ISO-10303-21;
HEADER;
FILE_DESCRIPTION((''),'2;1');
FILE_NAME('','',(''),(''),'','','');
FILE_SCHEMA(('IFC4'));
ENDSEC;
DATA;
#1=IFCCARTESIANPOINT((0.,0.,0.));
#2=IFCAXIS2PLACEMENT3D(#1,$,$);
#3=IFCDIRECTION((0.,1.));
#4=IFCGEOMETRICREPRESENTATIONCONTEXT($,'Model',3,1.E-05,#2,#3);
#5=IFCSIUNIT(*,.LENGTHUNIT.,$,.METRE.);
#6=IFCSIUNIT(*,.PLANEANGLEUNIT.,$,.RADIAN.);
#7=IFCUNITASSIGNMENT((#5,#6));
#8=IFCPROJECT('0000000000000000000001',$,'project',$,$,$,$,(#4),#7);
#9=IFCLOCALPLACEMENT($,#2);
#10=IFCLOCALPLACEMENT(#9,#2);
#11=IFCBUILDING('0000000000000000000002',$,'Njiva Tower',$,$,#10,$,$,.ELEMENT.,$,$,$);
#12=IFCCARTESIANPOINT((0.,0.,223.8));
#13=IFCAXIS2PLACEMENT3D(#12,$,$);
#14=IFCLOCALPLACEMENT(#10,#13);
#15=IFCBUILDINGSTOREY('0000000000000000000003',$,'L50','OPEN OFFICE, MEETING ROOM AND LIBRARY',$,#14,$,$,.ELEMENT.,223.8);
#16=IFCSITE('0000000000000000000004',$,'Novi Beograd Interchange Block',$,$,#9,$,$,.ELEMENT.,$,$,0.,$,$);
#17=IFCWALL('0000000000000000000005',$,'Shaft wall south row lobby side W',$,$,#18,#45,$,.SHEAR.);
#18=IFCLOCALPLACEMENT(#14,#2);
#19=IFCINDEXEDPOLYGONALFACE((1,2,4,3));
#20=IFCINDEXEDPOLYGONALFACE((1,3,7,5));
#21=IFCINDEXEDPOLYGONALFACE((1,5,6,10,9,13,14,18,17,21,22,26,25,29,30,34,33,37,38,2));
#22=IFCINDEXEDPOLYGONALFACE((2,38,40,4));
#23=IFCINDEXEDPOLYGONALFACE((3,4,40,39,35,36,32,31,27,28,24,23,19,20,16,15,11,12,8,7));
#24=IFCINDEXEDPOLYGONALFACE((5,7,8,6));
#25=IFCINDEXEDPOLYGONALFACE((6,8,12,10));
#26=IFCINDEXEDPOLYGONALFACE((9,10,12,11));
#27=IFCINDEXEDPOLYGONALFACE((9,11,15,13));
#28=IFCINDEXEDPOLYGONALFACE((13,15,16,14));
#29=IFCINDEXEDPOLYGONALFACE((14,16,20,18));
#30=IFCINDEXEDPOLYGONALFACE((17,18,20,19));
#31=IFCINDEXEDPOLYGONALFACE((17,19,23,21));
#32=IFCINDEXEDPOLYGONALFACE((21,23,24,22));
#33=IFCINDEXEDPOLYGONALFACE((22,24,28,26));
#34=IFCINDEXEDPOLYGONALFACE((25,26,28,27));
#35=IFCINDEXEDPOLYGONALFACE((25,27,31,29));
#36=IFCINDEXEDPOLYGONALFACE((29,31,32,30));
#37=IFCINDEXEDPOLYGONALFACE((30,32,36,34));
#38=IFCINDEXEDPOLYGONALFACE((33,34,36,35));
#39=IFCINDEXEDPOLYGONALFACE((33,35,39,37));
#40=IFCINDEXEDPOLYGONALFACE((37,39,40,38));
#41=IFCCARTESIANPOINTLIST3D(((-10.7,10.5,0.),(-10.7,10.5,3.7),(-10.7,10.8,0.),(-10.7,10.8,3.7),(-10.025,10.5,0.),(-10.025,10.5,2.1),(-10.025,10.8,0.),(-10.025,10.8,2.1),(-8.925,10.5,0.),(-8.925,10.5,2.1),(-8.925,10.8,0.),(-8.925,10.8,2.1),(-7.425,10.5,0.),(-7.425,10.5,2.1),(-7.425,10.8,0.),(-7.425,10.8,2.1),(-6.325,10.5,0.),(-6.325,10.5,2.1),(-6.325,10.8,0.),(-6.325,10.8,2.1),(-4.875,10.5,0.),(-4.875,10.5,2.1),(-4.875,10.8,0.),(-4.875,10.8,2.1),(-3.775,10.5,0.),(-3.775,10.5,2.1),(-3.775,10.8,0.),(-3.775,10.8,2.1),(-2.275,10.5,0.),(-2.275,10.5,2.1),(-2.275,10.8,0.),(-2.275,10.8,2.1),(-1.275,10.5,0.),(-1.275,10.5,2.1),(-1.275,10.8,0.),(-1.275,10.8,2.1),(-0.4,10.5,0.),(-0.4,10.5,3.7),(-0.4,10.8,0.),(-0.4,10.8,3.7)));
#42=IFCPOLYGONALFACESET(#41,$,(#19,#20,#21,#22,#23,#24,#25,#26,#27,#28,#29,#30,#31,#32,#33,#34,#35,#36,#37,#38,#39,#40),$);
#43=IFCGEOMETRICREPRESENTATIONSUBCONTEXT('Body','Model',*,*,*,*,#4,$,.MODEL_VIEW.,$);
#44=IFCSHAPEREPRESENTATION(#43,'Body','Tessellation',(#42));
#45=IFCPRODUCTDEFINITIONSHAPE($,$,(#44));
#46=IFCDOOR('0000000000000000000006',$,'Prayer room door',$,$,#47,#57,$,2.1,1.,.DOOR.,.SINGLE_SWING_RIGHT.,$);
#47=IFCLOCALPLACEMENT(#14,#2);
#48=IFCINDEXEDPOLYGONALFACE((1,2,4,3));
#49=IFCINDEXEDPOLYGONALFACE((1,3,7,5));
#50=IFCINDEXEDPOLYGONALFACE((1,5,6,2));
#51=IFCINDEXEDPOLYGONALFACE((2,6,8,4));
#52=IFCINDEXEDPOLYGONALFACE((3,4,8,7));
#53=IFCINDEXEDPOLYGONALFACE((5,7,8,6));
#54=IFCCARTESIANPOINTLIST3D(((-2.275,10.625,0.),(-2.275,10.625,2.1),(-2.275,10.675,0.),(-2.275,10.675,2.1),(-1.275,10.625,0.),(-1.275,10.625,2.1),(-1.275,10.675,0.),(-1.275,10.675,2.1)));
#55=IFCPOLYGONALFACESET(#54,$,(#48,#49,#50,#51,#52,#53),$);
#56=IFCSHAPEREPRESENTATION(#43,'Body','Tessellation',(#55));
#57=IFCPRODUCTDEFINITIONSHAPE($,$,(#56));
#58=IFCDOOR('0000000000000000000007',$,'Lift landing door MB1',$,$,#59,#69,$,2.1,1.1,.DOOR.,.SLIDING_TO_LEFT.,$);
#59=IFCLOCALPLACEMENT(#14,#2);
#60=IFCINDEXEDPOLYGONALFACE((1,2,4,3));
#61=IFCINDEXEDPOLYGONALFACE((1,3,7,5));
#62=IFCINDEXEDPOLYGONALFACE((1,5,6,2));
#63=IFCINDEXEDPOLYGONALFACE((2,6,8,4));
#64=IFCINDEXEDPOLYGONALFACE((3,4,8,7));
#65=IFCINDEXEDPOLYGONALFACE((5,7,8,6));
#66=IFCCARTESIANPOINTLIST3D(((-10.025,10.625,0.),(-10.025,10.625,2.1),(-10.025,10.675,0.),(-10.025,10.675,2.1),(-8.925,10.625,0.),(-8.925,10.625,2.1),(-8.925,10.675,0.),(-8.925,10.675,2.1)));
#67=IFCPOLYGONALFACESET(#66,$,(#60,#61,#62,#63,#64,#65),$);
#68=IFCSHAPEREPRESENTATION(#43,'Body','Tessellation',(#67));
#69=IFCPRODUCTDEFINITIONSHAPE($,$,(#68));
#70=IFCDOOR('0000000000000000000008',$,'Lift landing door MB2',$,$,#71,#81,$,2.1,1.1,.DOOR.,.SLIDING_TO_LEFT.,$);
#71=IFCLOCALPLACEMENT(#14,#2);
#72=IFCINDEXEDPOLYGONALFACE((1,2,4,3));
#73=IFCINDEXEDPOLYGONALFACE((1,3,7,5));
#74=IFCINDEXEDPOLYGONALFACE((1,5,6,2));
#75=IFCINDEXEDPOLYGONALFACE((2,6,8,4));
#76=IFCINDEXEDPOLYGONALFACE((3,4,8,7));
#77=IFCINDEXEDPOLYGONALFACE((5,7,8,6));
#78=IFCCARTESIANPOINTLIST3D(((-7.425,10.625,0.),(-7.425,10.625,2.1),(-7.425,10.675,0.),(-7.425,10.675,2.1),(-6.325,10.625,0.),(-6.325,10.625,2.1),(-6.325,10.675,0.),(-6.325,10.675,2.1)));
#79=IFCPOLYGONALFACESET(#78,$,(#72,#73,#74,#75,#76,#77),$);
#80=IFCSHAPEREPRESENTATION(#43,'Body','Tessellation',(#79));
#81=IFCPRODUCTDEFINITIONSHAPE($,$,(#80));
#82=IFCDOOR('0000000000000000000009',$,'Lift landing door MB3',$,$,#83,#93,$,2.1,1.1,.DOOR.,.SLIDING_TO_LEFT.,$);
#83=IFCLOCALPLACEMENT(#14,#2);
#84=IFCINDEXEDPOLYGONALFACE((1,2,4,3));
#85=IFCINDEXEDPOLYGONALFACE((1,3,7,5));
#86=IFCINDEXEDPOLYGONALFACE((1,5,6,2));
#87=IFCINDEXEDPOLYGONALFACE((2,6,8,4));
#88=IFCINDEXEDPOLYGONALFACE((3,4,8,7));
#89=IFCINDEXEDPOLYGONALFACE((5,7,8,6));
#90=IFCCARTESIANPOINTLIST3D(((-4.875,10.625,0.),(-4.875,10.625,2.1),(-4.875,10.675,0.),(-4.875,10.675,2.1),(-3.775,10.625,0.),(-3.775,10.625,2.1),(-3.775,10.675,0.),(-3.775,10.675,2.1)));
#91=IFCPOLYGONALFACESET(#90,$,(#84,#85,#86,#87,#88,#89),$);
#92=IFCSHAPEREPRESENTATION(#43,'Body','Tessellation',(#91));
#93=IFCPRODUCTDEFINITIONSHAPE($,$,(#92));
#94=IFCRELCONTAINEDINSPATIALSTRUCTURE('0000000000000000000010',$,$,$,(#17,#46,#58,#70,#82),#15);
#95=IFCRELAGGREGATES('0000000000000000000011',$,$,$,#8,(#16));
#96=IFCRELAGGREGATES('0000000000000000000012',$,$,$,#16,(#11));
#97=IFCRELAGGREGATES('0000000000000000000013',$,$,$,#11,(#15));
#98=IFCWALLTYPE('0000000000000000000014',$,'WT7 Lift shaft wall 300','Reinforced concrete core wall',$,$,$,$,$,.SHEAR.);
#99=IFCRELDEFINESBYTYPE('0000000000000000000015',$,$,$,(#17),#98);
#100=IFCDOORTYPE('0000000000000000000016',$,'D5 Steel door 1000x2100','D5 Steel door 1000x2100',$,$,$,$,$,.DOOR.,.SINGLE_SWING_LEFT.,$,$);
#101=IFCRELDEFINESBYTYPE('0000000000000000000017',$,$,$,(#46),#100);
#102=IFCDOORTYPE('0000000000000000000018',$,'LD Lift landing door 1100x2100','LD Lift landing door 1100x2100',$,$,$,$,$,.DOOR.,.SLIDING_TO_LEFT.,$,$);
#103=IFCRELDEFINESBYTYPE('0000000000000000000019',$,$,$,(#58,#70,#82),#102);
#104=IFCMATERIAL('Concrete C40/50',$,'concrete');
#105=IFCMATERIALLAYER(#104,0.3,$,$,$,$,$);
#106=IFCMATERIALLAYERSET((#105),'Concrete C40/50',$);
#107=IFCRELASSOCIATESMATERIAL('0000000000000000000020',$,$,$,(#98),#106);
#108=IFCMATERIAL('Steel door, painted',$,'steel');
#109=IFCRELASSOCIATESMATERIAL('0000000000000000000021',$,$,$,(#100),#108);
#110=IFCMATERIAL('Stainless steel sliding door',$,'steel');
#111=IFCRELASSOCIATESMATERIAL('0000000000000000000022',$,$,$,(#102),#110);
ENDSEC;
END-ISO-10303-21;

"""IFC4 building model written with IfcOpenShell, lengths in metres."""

from ifc_helpers import new_model, si_unit, direction, frame, frame_2d, origin, place, context, subcontext, project, spatial, rectangle, extrude, material, layer, layer_set, type_object, element, fill, save


model = new_model("IFC4")

# Units and contexts
model_context = context("Model", 3, precision=1e-05, world=origin(), true_north=direction((0.0, 1.0)))
body_context = subcontext(model_context, "Body", "Model", "MODEL_VIEW")
ifc_project = project(units=[si_unit("LENGTHUNIT", "METRE"), si_unit("PLANEANGLEUNIT", "RADIAN")], contexts=[model_context])

# Site, building, storey
site_placement = place(None, origin())
site = spatial("IfcSite", under=ifc_project, at=site_placement, Name="Novi Beograd Interchange Block", CompositionType="ELEMENT", RefElevation=0.0)
building_placement = place(site_placement, origin())
building = spatial("IfcBuilding", under=site, at=building_placement, Name="Njiva Tower", CompositionType="ELEMENT")
storey_placement = place(building_placement, frame((0.0, 0.0, 223.8)))
storey = spatial("IfcBuildingStorey", under=building, at=storey_placement, Name="L50", Description="OPEN OFFICE, MEETING ROOM AND LIBRARY", CompositionType="ELEMENT", Elevation=223.8)

# Shared definitions
ifc_material_1 = material(Name="Concrete C40/50", Category="concrete")

# Wall, openings, doors
ifc_layer_1 = layer(ifc_material_1, 0.3)
ifc_layer_set_1 = layer_set([ifc_layer_1], Name="Concrete C40/50")
wall_type_1 = type_object("IfcWallType", Name="WT7 Lift shaft wall 300", Description="Reinforced concrete core wall", PredefinedType="SHEAR", material=ifc_layer_set_1)
ifc_material_2 = material(Name="Steel door, painted", Category="steel")
door_type_1 = type_object("IfcDoorType", Name="D5 Steel door 1000x2100", Description="D5 Steel door 1000x2100", OperationType="SINGLE_SWING_LEFT", PredefinedType="DOOR", material=ifc_material_2)
ifc_material_3 = material(Name="Stainless steel sliding door", Category="steel")
door_type_2 = type_object("IfcDoorType", Name="LD Lift landing door 1100x2100", Description="LD Lift landing door 1100x2100", OperationType="SLIDING_TO_LEFT", PredefinedType="DOOR", material=ifc_material_3)
wall_1_placement = place(storey_placement, frame((-10.7, 10.65, 0.0), z_axis=(0.0, 0.0, 1.0), x_axis=(1.0, 0.0, 0.0)))
wall_1 = element("IfcWall", 1, at=wall_1_placement, inside=storey, type_object=wall_type_1, Name="Shaft wall south row lobby side W", PredefinedType="SHEAR", context=body_context, shape_type="SweptSolid", body=[
    extrude(rectangle(XDim=10.3, YDim=0.3, at=frame_2d((5.15, 0.0))), origin(), (0.0, 0.0, 1.0), 3.7),
])
opening_1_placement = place(wall_1_placement, frame((0.675, 0.0, 0.0)))
opening_1 = element("IfcOpeningElement", 2, at=opening_1_placement, cuts=wall_1, PredefinedType="OPENING", context=body_context, shape_type="SweptSolid", body=[
    extrude(rectangle(XDim=1.1, YDim=2.1, at=frame_2d((0.55, 1.05))), frame((0.0, 0.16, 0.0), z_axis=(0.0, -1.0, 0.0), x_axis=(1.0, 0.0, 0.0)), (0.0, 0.0, 1.0), 0.32),
])
opening_2_placement = place(wall_1_placement, frame((3.275, 0.0, 0.0)))
opening_2 = element("IfcOpeningElement", 3, at=opening_2_placement, cuts=wall_1, PredefinedType="OPENING", context=body_context, shape_type="SweptSolid", body=[
    extrude(rectangle(XDim=1.1, YDim=2.1, at=frame_2d((0.55, 1.05))), frame((0.0, 0.16, 0.0), z_axis=(0.0, -1.0, 0.0), x_axis=(1.0, 0.0, 0.0)), (0.0, 0.0, 1.0), 0.32),
])
opening_3_placement = place(wall_1_placement, frame((5.825, 0.0, 0.0)))
opening_3 = element("IfcOpeningElement", 4, at=opening_3_placement, cuts=wall_1, PredefinedType="OPENING", context=body_context, shape_type="SweptSolid", body=[
    extrude(rectangle(XDim=1.1, YDim=2.1, at=frame_2d((0.55, 1.05))), frame((0.0, 0.16, 0.0), z_axis=(0.0, -1.0, 0.0), x_axis=(1.0, 0.0, 0.0)), (0.0, 0.0, 1.0), 0.32),
])
opening_4_placement = place(wall_1_placement, frame((8.425, 0.0, 0.0)))
opening_4 = element("IfcOpeningElement", 5, at=opening_4_placement, cuts=wall_1, PredefinedType="OPENING", context=body_context, shape_type="SweptSolid", body=[
    extrude(rectangle(XDim=1.0, YDim=2.1, at=frame_2d((0.5, 1.05))), frame((0.0, 0.16, 0.0), z_axis=(0.0, -1.0, 0.0), x_axis=(1.0, 0.0, 0.0)), (0.0, 0.0, 1.0), 0.32),
])
door_1_placement = place(opening_4_placement, origin())
door_1 = element("IfcDoor", 6, at=door_1_placement, inside=storey, type_object=door_type_1, Name="Prayer room door", OperationType="SINGLE_SWING_RIGHT", OverallHeight=2.1, OverallWidth=1.0, PredefinedType="DOOR", context=body_context, shape_type="SweptSolid", body=[
    extrude(rectangle(XDim=1.0, YDim=2.1, at=frame_2d((0.5, 1.05))), frame((0.0, 0.025, 0.0), z_axis=(0.0, -1.0, 0.0), x_axis=(1.0, 0.0, 0.0)), (0.0, 0.0, 1.0), 0.05),
])
fill(opening_4, door_1)
door_2_placement = place(opening_1_placement, origin())
door_2 = element("IfcDoor", 7, at=door_2_placement, inside=storey, type_object=door_type_2, Name="Lift landing door MB1", OperationType="SLIDING_TO_LEFT", OverallHeight=2.1, OverallWidth=1.1, PredefinedType="DOOR", context=body_context, shape_type="SweptSolid", body=[
    extrude(rectangle(XDim=1.1, YDim=2.1, at=frame_2d((0.55, 1.05))), frame((0.0, 0.025, 0.0), z_axis=(0.0, -1.0, 0.0), x_axis=(1.0, 0.0, 0.0)), (0.0, 0.0, 1.0), 0.05),
])
fill(opening_1, door_2)
door_3_placement = place(opening_2_placement, origin())
door_3 = element("IfcDoor", 8, at=door_3_placement, inside=storey, type_object=door_type_2, Name="Lift landing door MB2", OperationType="SLIDING_TO_LEFT", OverallHeight=2.1, OverallWidth=1.1, PredefinedType="DOOR", context=body_context, shape_type="SweptSolid", body=[
    extrude(rectangle(XDim=1.1, YDim=2.1, at=frame_2d((0.55, 1.05))), frame((0.0, 0.025, 0.0), z_axis=(0.0, -1.0, 0.0), x_axis=(1.0, 0.0, 0.0)), (0.0, 0.0, 1.0), 0.05),
])
fill(opening_2, door_3)
door_4_placement = place(opening_3_placement, origin())
door_4 = element("IfcDoor", 9, at=door_4_placement, inside=storey, type_object=door_type_2, Name="Lift landing door MB3", OperationType="SLIDING_TO_LEFT", OverallHeight=2.1, OverallWidth=1.1, PredefinedType="DOOR", context=body_context, shape_type="SweptSolid", body=[
    extrude(rectangle(XDim=1.1, YDim=2.1, at=frame_2d((0.55, 1.05))), frame((0.0, 0.025, 0.0), z_axis=(0.0, -1.0, 0.0), x_axis=(1.0, 0.0, 0.0)), (0.0, 0.0, 1.0), 0.05),
])
fill(opening_3, door_4)

save(model, "model.ifc")
